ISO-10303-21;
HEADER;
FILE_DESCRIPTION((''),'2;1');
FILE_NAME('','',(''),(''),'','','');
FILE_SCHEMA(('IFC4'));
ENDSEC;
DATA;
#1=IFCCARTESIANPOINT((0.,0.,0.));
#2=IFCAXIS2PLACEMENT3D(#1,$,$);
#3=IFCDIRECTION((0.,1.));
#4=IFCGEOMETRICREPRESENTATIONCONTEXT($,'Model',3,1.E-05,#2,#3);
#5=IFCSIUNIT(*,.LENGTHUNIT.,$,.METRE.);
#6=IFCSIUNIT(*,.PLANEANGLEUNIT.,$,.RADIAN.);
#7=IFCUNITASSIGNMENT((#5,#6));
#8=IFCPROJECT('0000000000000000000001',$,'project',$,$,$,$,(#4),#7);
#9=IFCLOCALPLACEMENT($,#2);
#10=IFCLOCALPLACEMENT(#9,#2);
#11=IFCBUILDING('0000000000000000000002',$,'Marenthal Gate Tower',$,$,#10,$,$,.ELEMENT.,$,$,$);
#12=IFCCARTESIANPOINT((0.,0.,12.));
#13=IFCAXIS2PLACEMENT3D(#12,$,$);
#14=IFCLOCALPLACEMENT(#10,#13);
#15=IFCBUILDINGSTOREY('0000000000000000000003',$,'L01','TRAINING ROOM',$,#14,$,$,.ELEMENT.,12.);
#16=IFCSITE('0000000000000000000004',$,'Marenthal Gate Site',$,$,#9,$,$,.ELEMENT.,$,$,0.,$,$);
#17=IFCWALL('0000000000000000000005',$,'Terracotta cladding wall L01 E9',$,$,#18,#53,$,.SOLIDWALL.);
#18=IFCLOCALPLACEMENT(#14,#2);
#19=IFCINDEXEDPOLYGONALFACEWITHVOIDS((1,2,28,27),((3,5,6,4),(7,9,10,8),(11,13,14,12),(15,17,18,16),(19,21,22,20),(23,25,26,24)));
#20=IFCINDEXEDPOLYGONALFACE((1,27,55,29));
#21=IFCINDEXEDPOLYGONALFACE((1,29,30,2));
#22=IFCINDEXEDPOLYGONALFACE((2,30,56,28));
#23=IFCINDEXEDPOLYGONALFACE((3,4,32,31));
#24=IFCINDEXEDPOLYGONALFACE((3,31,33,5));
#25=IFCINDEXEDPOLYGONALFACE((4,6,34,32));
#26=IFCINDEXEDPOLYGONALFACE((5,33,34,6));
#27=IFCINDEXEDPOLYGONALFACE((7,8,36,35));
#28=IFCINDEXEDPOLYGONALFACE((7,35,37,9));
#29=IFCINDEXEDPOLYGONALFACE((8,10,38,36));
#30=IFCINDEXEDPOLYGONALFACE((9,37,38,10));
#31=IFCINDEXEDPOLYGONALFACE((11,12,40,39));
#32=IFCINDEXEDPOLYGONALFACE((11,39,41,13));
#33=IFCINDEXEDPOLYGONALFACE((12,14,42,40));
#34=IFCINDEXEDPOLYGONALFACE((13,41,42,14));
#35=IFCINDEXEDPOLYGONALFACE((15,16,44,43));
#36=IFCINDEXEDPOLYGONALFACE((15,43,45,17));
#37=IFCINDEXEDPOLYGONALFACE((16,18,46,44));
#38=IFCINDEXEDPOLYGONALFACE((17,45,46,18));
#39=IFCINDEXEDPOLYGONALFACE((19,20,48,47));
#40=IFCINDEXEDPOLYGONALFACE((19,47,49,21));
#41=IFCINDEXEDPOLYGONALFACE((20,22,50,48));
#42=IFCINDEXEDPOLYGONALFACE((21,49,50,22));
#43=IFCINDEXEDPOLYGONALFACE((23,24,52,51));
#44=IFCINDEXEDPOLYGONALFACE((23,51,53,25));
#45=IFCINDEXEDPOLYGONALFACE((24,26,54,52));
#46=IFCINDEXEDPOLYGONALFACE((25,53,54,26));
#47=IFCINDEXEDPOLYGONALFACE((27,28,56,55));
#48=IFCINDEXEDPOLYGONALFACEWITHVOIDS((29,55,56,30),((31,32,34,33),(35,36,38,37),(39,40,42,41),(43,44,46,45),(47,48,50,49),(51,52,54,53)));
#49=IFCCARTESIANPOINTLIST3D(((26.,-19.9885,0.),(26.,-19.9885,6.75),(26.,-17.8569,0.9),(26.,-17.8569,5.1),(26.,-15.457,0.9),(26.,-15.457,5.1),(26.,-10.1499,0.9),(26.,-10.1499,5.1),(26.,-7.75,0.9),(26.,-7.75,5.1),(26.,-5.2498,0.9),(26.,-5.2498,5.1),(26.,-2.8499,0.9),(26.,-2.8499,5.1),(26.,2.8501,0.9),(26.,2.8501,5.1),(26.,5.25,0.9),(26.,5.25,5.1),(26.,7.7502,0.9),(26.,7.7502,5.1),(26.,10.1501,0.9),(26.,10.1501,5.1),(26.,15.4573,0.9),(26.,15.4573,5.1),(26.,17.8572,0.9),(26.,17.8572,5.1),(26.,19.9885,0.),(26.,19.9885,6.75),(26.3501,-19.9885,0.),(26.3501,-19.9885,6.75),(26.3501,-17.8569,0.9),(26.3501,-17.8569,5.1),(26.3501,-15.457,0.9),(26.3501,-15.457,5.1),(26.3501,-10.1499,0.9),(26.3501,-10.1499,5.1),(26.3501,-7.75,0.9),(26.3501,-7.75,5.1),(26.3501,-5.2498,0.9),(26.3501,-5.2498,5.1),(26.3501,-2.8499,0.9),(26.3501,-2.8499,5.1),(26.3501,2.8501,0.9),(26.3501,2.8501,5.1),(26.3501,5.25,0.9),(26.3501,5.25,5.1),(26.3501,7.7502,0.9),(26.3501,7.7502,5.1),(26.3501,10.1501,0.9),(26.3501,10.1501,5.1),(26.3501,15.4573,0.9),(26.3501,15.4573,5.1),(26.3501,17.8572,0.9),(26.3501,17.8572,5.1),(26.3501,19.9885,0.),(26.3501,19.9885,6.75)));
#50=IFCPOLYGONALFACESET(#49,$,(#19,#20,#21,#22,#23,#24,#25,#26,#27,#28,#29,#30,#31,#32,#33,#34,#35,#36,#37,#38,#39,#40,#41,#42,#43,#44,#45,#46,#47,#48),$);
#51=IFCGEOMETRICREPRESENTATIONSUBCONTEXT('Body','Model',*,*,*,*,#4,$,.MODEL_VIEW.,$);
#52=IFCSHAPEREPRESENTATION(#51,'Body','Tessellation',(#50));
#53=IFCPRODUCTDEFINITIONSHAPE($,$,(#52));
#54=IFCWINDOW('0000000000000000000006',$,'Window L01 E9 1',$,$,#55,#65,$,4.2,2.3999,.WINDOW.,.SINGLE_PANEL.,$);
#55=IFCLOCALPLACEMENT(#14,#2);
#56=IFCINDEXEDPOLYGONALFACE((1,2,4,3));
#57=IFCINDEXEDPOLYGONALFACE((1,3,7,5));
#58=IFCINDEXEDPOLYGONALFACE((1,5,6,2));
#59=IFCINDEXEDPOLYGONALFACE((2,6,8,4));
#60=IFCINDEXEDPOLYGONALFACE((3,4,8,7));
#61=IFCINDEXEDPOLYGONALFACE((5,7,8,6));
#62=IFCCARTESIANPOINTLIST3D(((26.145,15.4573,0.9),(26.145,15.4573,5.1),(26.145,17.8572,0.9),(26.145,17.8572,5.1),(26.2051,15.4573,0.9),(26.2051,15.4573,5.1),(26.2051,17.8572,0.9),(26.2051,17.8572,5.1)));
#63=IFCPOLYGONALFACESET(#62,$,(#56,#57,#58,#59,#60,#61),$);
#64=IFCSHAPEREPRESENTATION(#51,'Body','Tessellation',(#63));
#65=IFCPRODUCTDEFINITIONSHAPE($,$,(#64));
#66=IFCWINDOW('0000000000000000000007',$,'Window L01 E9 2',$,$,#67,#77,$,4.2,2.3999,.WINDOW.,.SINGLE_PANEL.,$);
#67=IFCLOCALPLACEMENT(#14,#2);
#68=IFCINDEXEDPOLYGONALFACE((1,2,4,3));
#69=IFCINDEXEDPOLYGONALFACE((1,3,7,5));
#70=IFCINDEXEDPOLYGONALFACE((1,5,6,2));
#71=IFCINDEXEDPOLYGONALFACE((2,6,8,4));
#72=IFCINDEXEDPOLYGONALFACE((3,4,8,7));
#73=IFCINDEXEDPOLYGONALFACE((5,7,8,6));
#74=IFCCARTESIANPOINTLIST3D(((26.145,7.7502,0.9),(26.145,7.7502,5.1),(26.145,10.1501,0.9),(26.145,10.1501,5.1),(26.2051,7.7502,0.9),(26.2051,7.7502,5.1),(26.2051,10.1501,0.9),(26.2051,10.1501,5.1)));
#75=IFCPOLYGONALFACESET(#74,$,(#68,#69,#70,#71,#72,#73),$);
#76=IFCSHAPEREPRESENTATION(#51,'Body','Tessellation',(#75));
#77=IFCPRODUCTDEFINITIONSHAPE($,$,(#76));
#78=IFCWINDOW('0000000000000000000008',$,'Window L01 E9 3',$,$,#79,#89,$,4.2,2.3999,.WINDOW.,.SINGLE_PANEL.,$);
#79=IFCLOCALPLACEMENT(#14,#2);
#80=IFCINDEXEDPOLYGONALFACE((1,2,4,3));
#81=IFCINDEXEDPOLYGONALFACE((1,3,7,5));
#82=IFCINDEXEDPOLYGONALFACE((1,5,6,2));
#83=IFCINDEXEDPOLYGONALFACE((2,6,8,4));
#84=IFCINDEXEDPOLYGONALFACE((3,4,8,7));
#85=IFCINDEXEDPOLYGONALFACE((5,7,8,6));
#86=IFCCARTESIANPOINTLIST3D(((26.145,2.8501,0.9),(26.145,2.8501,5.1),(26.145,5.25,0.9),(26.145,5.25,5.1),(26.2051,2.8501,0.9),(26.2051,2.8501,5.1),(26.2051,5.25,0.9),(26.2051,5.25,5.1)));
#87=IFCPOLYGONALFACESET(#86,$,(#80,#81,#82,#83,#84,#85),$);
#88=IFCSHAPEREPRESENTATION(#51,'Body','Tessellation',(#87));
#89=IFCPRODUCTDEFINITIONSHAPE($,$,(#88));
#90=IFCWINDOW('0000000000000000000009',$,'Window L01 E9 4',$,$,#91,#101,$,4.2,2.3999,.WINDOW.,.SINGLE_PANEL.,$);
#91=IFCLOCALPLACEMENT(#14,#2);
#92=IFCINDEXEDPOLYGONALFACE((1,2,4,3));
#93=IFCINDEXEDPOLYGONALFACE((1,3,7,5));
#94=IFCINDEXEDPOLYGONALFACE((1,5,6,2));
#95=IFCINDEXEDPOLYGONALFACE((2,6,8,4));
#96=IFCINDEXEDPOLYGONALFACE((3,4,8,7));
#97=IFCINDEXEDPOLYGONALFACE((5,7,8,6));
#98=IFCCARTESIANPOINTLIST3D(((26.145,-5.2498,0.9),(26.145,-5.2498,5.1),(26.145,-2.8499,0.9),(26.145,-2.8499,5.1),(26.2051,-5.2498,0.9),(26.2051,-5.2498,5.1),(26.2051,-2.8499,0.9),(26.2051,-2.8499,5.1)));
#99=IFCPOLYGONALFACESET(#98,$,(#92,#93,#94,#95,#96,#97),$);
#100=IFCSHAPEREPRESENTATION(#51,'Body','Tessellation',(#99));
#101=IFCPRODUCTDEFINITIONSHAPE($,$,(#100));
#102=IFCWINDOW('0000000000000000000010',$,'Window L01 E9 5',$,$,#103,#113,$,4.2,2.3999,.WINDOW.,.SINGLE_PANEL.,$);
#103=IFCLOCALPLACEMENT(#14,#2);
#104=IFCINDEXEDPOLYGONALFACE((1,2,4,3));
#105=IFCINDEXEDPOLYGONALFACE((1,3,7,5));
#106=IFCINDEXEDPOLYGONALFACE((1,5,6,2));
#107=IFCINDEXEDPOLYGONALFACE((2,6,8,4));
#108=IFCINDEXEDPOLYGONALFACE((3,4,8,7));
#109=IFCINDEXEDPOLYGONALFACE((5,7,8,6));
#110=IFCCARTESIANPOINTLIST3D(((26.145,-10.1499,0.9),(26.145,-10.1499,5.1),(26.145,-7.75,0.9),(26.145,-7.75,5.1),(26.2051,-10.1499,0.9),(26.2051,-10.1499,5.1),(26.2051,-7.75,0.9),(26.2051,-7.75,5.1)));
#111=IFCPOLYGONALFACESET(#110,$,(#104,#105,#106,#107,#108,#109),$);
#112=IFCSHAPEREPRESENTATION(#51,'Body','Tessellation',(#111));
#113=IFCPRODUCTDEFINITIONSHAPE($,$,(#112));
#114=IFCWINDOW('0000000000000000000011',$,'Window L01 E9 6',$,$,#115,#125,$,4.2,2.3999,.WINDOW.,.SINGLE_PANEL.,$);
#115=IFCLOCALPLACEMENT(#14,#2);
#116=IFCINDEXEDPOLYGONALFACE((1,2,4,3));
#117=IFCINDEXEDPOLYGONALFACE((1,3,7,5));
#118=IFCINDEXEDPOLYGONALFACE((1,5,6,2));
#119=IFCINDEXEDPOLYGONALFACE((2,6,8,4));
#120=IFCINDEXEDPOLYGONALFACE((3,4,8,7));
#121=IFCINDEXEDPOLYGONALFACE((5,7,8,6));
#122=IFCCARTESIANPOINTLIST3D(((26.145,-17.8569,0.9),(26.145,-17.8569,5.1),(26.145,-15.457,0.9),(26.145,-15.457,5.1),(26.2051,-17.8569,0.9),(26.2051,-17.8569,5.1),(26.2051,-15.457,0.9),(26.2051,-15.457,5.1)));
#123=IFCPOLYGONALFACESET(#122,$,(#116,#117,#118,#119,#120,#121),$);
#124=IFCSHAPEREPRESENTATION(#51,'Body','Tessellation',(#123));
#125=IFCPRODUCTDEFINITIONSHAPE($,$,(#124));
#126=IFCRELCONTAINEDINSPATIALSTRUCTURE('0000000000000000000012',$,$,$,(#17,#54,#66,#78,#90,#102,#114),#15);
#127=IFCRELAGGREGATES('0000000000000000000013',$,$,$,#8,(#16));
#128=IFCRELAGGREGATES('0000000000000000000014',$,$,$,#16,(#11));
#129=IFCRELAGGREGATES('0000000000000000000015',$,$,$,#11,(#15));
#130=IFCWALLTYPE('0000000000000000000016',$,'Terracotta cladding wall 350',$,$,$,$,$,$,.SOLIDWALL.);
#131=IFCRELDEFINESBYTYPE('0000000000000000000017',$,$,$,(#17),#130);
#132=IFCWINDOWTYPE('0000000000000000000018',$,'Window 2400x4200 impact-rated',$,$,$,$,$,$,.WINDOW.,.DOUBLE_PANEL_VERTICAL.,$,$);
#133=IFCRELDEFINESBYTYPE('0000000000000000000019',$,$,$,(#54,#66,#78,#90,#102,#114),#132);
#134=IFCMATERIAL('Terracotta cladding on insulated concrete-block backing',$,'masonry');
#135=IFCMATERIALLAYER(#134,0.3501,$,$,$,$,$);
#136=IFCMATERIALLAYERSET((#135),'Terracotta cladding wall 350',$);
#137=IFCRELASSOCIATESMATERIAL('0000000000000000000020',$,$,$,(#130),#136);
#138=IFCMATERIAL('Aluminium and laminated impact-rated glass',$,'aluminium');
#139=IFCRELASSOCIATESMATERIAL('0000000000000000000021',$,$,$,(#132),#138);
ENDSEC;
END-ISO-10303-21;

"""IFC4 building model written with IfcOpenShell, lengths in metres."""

from ifc_helpers import new_model, si_unit, direction, frame, frame_2d, origin, place, context, subcontext, project, spatial, rectangle, extrude, material, layer, layer_set, type_object, element, fill, save


model = new_model("IFC4")

# Units and contexts
model_context = context("Model", 3, precision=1e-05, world=origin(), true_north=direction((0.0, 1.0)))
body_context = subcontext(model_context, "Body", "Model", "MODEL_VIEW")
ifc_project = project(units=[si_unit("LENGTHUNIT", "METRE"), si_unit("PLANEANGLEUNIT", "RADIAN")], contexts=[model_context])

# Site, building, storey
site_placement = place(None, origin())
site = spatial("IfcSite", under=ifc_project, at=site_placement, Name="Marenthal Gate Site", CompositionType="ELEMENT", RefElevation=0.0)
building_placement = place(site_placement, origin())
building = spatial("IfcBuilding", under=site, at=building_placement, Name="Marenthal Gate Tower", CompositionType="ELEMENT")
storey_placement = place(building_placement, frame((0.0, 0.0, 12.0)))
storey = spatial("IfcBuildingStorey", under=building, at=storey_placement, Name="L01", Description="TRAINING ROOM", CompositionType="ELEMENT", Elevation=12.0)

# Wall, openings, windows
ifc_material_1 = material(Name="Terracotta cladding on insulated concrete-block backing", Category="masonry")
ifc_layer_1 = layer(ifc_material_1, 0.3501)
ifc_layer_set_1 = layer_set([ifc_layer_1], Name="Terracotta cladding wall 350")
wall_type_1 = type_object("IfcWallType", Name="Terracotta cladding wall 350", PredefinedType="SOLIDWALL", material=ifc_layer_set_1)
wall_1_placement = place(storey_placement, frame((26.175, 19.9885, 0.0), z_axis=(0.0, 0.0, 1.0), x_axis=(0.0, -1.0, 0.0)))
wall_1 = element("IfcWall", 1, at=wall_1_placement, inside=storey, type_object=wall_type_1, Name="Terracotta cladding wall L01 E9", PredefinedType="SOLIDWALL", context=body_context, shape_type="SweptSolid", body=[
    extrude(rectangle(XDim=39.9771, YDim=0.3501, at=frame_2d((19.9885, 0.0))), origin(), (0.0, 0.0, 1.0), 6.75),
])
opening_1_placement = place(wall_1_placement, frame((2.1313, 0.0, 0.8999)))
opening_1 = element("IfcOpeningElement", 2, at=opening_1_placement, cuts=wall_1, PredefinedType="OPENING", context=body_context, shape_type="SweptSolid", body=[
    extrude(rectangle(XDim=2.3999, YDim=4.2, at=frame_2d((1.2, 2.1001))), frame((0.0, 0.1851, 0.0), z_axis=(0.0, -1.0, 0.0), x_axis=(1.0, 0.0, 0.0)), (0.0, 0.0, 1.0), 0.3701),
])
opening_2_placement = place(wall_1_placement, frame((9.8384, 0.0, 0.8999)))
opening_2 = element("IfcOpeningElement", 3, at=opening_2_placement, cuts=wall_1, PredefinedType="OPENING", context=body_context, shape_type="SweptSolid", body=[
    extrude(rectangle(XDim=2.3999, YDim=4.2, at=frame_2d((1.2, 2.1001))), frame((0.0, 0.1851, 0.0), z_axis=(0.0, -1.0, 0.0), x_axis=(1.0, 0.0, 0.0)), (0.0, 0.0, 1.0), 0.3701),
])
opening_3_placement = place(wall_1_placement, frame((14.7385, 0.0, 0.8999)))
opening_3 = element("IfcOpeningElement", 4, at=opening_3_placement, cuts=wall_1, PredefinedType="OPENING", context=body_context, shape_type="SweptSolid", body=[
    extrude(rectangle(XDim=2.3999, YDim=4.2, at=frame_2d((1.2, 2.1001))), frame((0.0, 0.1851, 0.0), z_axis=(0.0, -1.0, 0.0), x_axis=(1.0, 0.0, 0.0)), (0.0, 0.0, 1.0), 0.3701),
])
opening_4_placement = place(wall_1_placement, frame((22.8384, 0.0, 0.8999)))
opening_4 = element("IfcOpeningElement", 5, at=opening_4_placement, cuts=wall_1, PredefinedType="OPENING", context=body_context, shape_type="SweptSolid", body=[
    extrude(rectangle(XDim=2.3999, YDim=4.2, at=frame_2d((1.2, 2.1001))), frame((0.0, 0.1851, 0.0), z_axis=(0.0, -1.0, 0.0), x_axis=(1.0, 0.0, 0.0)), (0.0, 0.0, 1.0), 0.3701),
])
opening_5_placement = place(wall_1_placement, frame((27.7385, 0.0, 0.8999)))
opening_5 = element("IfcOpeningElement", 6, at=opening_5_placement, cuts=wall_1, PredefinedType="OPENING", context=body_context, shape_type="SweptSolid", body=[
    extrude(rectangle(XDim=2.3999, YDim=4.2, at=frame_2d((1.2, 2.1001))), frame((0.0, 0.1851, 0.0), z_axis=(0.0, -1.0, 0.0), x_axis=(1.0, 0.0, 0.0)), (0.0, 0.0, 1.0), 0.3701),
])
opening_6_placement = place(wall_1_placement, frame((35.4456, 0.0, 0.8999)))
opening_6 = element("IfcOpeningElement", 7, at=opening_6_placement, cuts=wall_1, PredefinedType="OPENING", context=body_context, shape_type="SweptSolid", body=[
    extrude(rectangle(XDim=2.3999, YDim=4.2, at=frame_2d((1.2, 2.1001))), frame((0.0, 0.1851, 0.0), z_axis=(0.0, -1.0, 0.0), x_axis=(1.0, 0.0, 0.0)), (0.0, 0.0, 1.0), 0.3701),
])
ifc_material_2 = material(Name="Aluminium and laminated impact-rated glass", Category="aluminium")
window_type = type_object("IfcWindowType", Name="Window 2400x4200 impact-rated", PartitioningType="DOUBLE_PANEL_VERTICAL", PredefinedType="WINDOW", material=ifc_material_2)
window_1_placement = place(opening_1_placement, origin())
window_1 = element("IfcWindow", 8, at=window_1_placement, inside=storey, type_object=window_type, Name="Window L01 E9 1", OverallHeight=4.2, OverallWidth=2.3999, PartitioningType="SINGLE_PANEL", PredefinedType="WINDOW", context=body_context, shape_type="SweptSolid", body=[
    extrude(rectangle(XDim=2.3999, YDim=4.2, at=frame_2d((1.2, 2.1001))), frame((0.0, 0.03, 0.0), z_axis=(0.0, -1.0, 0.0), x_axis=(1.0, 0.0, 0.0)), (0.0, 0.0, 1.0), 0.0601),
])
fill(opening_1, window_1)
window_2_placement = place(opening_2_placement, origin())
window_2 = element("IfcWindow", 9, at=window_2_placement, inside=storey, type_object=window_type, Name="Window L01 E9 2", OverallHeight=4.2, OverallWidth=2.3999, PartitioningType="SINGLE_PANEL", PredefinedType="WINDOW", context=body_context, shape_type="SweptSolid", body=[
    extrude(rectangle(XDim=2.3999, YDim=4.2, at=frame_2d((1.2, 2.1001))), frame((0.0, 0.03, 0.0), z_axis=(0.0, -1.0, 0.0), x_axis=(1.0, 0.0, 0.0)), (0.0, 0.0, 1.0), 0.0601),
])
fill(opening_2, window_2)
window_3_placement = place(opening_3_placement, origin())
window_3 = element("IfcWindow", 10, at=window_3_placement, inside=storey, type_object=window_type, Name="Window L01 E9 3", OverallHeight=4.2, OverallWidth=2.3999, PartitioningType="SINGLE_PANEL", PredefinedType="WINDOW", context=body_context, shape_type="SweptSolid", body=[
    extrude(rectangle(XDim=2.3999, YDim=4.2, at=frame_2d((1.2, 2.1001))), frame((0.0, 0.03, 0.0), z_axis=(0.0, -1.0, 0.0), x_axis=(1.0, 0.0, 0.0)), (0.0, 0.0, 1.0), 0.0601),
])
fill(opening_3, window_3)
window_4_placement = place(opening_4_placement, origin())
window_4 = element("IfcWindow", 11, at=window_4_placement, inside=storey, type_object=window_type, Name="Window L01 E9 4", OverallHeight=4.2, OverallWidth=2.3999, PartitioningType="SINGLE_PANEL", PredefinedType="WINDOW", context=body_context, shape_type="SweptSolid", body=[
    extrude(rectangle(XDim=2.3999, YDim=4.2, at=frame_2d((1.2, 2.1001))), frame((0.0, 0.03, 0.0), z_axis=(0.0, -1.0, 0.0), x_axis=(1.0, 0.0, 0.0)), (0.0, 0.0, 1.0), 0.0601),
])
fill(opening_4, window_4)
window_5_placement = place(opening_5_placement, origin())
window_5 = element("IfcWindow", 12, at=window_5_placement, inside=storey, type_object=window_type, Name="Window L01 E9 5", OverallHeight=4.2, OverallWidth=2.3999, PartitioningType="SINGLE_PANEL", PredefinedType="WINDOW", context=body_context, shape_type="SweptSolid", body=[
    extrude(rectangle(XDim=2.3999, YDim=4.2, at=frame_2d((1.2, 2.1001))), frame((0.0, 0.03, 0.0), z_axis=(0.0, -1.0, 0.0), x_axis=(1.0, 0.0, 0.0)), (0.0, 0.0, 1.0), 0.0601),
])
fill(opening_5, window_5)
window_6_placement = place(opening_6_placement, origin())
window_6 = element("IfcWindow", 13, at=window_6_placement, inside=storey, type_object=window_type, Name="Window L01 E9 6", OverallHeight=4.2, OverallWidth=2.3999, PartitioningType="SINGLE_PANEL", PredefinedType="WINDOW", context=body_context, shape_type="SweptSolid", body=[
    extrude(rectangle(XDim=2.3999, YDim=4.2, at=frame_2d((1.2, 2.1001))), frame((0.0, 0.03, 0.0), z_axis=(0.0, -1.0, 0.0), x_axis=(1.0, 0.0, 0.0)), (0.0, 0.0, 1.0), 0.0601),
])
fill(opening_6, window_6)

save(model, "model.ifc")
